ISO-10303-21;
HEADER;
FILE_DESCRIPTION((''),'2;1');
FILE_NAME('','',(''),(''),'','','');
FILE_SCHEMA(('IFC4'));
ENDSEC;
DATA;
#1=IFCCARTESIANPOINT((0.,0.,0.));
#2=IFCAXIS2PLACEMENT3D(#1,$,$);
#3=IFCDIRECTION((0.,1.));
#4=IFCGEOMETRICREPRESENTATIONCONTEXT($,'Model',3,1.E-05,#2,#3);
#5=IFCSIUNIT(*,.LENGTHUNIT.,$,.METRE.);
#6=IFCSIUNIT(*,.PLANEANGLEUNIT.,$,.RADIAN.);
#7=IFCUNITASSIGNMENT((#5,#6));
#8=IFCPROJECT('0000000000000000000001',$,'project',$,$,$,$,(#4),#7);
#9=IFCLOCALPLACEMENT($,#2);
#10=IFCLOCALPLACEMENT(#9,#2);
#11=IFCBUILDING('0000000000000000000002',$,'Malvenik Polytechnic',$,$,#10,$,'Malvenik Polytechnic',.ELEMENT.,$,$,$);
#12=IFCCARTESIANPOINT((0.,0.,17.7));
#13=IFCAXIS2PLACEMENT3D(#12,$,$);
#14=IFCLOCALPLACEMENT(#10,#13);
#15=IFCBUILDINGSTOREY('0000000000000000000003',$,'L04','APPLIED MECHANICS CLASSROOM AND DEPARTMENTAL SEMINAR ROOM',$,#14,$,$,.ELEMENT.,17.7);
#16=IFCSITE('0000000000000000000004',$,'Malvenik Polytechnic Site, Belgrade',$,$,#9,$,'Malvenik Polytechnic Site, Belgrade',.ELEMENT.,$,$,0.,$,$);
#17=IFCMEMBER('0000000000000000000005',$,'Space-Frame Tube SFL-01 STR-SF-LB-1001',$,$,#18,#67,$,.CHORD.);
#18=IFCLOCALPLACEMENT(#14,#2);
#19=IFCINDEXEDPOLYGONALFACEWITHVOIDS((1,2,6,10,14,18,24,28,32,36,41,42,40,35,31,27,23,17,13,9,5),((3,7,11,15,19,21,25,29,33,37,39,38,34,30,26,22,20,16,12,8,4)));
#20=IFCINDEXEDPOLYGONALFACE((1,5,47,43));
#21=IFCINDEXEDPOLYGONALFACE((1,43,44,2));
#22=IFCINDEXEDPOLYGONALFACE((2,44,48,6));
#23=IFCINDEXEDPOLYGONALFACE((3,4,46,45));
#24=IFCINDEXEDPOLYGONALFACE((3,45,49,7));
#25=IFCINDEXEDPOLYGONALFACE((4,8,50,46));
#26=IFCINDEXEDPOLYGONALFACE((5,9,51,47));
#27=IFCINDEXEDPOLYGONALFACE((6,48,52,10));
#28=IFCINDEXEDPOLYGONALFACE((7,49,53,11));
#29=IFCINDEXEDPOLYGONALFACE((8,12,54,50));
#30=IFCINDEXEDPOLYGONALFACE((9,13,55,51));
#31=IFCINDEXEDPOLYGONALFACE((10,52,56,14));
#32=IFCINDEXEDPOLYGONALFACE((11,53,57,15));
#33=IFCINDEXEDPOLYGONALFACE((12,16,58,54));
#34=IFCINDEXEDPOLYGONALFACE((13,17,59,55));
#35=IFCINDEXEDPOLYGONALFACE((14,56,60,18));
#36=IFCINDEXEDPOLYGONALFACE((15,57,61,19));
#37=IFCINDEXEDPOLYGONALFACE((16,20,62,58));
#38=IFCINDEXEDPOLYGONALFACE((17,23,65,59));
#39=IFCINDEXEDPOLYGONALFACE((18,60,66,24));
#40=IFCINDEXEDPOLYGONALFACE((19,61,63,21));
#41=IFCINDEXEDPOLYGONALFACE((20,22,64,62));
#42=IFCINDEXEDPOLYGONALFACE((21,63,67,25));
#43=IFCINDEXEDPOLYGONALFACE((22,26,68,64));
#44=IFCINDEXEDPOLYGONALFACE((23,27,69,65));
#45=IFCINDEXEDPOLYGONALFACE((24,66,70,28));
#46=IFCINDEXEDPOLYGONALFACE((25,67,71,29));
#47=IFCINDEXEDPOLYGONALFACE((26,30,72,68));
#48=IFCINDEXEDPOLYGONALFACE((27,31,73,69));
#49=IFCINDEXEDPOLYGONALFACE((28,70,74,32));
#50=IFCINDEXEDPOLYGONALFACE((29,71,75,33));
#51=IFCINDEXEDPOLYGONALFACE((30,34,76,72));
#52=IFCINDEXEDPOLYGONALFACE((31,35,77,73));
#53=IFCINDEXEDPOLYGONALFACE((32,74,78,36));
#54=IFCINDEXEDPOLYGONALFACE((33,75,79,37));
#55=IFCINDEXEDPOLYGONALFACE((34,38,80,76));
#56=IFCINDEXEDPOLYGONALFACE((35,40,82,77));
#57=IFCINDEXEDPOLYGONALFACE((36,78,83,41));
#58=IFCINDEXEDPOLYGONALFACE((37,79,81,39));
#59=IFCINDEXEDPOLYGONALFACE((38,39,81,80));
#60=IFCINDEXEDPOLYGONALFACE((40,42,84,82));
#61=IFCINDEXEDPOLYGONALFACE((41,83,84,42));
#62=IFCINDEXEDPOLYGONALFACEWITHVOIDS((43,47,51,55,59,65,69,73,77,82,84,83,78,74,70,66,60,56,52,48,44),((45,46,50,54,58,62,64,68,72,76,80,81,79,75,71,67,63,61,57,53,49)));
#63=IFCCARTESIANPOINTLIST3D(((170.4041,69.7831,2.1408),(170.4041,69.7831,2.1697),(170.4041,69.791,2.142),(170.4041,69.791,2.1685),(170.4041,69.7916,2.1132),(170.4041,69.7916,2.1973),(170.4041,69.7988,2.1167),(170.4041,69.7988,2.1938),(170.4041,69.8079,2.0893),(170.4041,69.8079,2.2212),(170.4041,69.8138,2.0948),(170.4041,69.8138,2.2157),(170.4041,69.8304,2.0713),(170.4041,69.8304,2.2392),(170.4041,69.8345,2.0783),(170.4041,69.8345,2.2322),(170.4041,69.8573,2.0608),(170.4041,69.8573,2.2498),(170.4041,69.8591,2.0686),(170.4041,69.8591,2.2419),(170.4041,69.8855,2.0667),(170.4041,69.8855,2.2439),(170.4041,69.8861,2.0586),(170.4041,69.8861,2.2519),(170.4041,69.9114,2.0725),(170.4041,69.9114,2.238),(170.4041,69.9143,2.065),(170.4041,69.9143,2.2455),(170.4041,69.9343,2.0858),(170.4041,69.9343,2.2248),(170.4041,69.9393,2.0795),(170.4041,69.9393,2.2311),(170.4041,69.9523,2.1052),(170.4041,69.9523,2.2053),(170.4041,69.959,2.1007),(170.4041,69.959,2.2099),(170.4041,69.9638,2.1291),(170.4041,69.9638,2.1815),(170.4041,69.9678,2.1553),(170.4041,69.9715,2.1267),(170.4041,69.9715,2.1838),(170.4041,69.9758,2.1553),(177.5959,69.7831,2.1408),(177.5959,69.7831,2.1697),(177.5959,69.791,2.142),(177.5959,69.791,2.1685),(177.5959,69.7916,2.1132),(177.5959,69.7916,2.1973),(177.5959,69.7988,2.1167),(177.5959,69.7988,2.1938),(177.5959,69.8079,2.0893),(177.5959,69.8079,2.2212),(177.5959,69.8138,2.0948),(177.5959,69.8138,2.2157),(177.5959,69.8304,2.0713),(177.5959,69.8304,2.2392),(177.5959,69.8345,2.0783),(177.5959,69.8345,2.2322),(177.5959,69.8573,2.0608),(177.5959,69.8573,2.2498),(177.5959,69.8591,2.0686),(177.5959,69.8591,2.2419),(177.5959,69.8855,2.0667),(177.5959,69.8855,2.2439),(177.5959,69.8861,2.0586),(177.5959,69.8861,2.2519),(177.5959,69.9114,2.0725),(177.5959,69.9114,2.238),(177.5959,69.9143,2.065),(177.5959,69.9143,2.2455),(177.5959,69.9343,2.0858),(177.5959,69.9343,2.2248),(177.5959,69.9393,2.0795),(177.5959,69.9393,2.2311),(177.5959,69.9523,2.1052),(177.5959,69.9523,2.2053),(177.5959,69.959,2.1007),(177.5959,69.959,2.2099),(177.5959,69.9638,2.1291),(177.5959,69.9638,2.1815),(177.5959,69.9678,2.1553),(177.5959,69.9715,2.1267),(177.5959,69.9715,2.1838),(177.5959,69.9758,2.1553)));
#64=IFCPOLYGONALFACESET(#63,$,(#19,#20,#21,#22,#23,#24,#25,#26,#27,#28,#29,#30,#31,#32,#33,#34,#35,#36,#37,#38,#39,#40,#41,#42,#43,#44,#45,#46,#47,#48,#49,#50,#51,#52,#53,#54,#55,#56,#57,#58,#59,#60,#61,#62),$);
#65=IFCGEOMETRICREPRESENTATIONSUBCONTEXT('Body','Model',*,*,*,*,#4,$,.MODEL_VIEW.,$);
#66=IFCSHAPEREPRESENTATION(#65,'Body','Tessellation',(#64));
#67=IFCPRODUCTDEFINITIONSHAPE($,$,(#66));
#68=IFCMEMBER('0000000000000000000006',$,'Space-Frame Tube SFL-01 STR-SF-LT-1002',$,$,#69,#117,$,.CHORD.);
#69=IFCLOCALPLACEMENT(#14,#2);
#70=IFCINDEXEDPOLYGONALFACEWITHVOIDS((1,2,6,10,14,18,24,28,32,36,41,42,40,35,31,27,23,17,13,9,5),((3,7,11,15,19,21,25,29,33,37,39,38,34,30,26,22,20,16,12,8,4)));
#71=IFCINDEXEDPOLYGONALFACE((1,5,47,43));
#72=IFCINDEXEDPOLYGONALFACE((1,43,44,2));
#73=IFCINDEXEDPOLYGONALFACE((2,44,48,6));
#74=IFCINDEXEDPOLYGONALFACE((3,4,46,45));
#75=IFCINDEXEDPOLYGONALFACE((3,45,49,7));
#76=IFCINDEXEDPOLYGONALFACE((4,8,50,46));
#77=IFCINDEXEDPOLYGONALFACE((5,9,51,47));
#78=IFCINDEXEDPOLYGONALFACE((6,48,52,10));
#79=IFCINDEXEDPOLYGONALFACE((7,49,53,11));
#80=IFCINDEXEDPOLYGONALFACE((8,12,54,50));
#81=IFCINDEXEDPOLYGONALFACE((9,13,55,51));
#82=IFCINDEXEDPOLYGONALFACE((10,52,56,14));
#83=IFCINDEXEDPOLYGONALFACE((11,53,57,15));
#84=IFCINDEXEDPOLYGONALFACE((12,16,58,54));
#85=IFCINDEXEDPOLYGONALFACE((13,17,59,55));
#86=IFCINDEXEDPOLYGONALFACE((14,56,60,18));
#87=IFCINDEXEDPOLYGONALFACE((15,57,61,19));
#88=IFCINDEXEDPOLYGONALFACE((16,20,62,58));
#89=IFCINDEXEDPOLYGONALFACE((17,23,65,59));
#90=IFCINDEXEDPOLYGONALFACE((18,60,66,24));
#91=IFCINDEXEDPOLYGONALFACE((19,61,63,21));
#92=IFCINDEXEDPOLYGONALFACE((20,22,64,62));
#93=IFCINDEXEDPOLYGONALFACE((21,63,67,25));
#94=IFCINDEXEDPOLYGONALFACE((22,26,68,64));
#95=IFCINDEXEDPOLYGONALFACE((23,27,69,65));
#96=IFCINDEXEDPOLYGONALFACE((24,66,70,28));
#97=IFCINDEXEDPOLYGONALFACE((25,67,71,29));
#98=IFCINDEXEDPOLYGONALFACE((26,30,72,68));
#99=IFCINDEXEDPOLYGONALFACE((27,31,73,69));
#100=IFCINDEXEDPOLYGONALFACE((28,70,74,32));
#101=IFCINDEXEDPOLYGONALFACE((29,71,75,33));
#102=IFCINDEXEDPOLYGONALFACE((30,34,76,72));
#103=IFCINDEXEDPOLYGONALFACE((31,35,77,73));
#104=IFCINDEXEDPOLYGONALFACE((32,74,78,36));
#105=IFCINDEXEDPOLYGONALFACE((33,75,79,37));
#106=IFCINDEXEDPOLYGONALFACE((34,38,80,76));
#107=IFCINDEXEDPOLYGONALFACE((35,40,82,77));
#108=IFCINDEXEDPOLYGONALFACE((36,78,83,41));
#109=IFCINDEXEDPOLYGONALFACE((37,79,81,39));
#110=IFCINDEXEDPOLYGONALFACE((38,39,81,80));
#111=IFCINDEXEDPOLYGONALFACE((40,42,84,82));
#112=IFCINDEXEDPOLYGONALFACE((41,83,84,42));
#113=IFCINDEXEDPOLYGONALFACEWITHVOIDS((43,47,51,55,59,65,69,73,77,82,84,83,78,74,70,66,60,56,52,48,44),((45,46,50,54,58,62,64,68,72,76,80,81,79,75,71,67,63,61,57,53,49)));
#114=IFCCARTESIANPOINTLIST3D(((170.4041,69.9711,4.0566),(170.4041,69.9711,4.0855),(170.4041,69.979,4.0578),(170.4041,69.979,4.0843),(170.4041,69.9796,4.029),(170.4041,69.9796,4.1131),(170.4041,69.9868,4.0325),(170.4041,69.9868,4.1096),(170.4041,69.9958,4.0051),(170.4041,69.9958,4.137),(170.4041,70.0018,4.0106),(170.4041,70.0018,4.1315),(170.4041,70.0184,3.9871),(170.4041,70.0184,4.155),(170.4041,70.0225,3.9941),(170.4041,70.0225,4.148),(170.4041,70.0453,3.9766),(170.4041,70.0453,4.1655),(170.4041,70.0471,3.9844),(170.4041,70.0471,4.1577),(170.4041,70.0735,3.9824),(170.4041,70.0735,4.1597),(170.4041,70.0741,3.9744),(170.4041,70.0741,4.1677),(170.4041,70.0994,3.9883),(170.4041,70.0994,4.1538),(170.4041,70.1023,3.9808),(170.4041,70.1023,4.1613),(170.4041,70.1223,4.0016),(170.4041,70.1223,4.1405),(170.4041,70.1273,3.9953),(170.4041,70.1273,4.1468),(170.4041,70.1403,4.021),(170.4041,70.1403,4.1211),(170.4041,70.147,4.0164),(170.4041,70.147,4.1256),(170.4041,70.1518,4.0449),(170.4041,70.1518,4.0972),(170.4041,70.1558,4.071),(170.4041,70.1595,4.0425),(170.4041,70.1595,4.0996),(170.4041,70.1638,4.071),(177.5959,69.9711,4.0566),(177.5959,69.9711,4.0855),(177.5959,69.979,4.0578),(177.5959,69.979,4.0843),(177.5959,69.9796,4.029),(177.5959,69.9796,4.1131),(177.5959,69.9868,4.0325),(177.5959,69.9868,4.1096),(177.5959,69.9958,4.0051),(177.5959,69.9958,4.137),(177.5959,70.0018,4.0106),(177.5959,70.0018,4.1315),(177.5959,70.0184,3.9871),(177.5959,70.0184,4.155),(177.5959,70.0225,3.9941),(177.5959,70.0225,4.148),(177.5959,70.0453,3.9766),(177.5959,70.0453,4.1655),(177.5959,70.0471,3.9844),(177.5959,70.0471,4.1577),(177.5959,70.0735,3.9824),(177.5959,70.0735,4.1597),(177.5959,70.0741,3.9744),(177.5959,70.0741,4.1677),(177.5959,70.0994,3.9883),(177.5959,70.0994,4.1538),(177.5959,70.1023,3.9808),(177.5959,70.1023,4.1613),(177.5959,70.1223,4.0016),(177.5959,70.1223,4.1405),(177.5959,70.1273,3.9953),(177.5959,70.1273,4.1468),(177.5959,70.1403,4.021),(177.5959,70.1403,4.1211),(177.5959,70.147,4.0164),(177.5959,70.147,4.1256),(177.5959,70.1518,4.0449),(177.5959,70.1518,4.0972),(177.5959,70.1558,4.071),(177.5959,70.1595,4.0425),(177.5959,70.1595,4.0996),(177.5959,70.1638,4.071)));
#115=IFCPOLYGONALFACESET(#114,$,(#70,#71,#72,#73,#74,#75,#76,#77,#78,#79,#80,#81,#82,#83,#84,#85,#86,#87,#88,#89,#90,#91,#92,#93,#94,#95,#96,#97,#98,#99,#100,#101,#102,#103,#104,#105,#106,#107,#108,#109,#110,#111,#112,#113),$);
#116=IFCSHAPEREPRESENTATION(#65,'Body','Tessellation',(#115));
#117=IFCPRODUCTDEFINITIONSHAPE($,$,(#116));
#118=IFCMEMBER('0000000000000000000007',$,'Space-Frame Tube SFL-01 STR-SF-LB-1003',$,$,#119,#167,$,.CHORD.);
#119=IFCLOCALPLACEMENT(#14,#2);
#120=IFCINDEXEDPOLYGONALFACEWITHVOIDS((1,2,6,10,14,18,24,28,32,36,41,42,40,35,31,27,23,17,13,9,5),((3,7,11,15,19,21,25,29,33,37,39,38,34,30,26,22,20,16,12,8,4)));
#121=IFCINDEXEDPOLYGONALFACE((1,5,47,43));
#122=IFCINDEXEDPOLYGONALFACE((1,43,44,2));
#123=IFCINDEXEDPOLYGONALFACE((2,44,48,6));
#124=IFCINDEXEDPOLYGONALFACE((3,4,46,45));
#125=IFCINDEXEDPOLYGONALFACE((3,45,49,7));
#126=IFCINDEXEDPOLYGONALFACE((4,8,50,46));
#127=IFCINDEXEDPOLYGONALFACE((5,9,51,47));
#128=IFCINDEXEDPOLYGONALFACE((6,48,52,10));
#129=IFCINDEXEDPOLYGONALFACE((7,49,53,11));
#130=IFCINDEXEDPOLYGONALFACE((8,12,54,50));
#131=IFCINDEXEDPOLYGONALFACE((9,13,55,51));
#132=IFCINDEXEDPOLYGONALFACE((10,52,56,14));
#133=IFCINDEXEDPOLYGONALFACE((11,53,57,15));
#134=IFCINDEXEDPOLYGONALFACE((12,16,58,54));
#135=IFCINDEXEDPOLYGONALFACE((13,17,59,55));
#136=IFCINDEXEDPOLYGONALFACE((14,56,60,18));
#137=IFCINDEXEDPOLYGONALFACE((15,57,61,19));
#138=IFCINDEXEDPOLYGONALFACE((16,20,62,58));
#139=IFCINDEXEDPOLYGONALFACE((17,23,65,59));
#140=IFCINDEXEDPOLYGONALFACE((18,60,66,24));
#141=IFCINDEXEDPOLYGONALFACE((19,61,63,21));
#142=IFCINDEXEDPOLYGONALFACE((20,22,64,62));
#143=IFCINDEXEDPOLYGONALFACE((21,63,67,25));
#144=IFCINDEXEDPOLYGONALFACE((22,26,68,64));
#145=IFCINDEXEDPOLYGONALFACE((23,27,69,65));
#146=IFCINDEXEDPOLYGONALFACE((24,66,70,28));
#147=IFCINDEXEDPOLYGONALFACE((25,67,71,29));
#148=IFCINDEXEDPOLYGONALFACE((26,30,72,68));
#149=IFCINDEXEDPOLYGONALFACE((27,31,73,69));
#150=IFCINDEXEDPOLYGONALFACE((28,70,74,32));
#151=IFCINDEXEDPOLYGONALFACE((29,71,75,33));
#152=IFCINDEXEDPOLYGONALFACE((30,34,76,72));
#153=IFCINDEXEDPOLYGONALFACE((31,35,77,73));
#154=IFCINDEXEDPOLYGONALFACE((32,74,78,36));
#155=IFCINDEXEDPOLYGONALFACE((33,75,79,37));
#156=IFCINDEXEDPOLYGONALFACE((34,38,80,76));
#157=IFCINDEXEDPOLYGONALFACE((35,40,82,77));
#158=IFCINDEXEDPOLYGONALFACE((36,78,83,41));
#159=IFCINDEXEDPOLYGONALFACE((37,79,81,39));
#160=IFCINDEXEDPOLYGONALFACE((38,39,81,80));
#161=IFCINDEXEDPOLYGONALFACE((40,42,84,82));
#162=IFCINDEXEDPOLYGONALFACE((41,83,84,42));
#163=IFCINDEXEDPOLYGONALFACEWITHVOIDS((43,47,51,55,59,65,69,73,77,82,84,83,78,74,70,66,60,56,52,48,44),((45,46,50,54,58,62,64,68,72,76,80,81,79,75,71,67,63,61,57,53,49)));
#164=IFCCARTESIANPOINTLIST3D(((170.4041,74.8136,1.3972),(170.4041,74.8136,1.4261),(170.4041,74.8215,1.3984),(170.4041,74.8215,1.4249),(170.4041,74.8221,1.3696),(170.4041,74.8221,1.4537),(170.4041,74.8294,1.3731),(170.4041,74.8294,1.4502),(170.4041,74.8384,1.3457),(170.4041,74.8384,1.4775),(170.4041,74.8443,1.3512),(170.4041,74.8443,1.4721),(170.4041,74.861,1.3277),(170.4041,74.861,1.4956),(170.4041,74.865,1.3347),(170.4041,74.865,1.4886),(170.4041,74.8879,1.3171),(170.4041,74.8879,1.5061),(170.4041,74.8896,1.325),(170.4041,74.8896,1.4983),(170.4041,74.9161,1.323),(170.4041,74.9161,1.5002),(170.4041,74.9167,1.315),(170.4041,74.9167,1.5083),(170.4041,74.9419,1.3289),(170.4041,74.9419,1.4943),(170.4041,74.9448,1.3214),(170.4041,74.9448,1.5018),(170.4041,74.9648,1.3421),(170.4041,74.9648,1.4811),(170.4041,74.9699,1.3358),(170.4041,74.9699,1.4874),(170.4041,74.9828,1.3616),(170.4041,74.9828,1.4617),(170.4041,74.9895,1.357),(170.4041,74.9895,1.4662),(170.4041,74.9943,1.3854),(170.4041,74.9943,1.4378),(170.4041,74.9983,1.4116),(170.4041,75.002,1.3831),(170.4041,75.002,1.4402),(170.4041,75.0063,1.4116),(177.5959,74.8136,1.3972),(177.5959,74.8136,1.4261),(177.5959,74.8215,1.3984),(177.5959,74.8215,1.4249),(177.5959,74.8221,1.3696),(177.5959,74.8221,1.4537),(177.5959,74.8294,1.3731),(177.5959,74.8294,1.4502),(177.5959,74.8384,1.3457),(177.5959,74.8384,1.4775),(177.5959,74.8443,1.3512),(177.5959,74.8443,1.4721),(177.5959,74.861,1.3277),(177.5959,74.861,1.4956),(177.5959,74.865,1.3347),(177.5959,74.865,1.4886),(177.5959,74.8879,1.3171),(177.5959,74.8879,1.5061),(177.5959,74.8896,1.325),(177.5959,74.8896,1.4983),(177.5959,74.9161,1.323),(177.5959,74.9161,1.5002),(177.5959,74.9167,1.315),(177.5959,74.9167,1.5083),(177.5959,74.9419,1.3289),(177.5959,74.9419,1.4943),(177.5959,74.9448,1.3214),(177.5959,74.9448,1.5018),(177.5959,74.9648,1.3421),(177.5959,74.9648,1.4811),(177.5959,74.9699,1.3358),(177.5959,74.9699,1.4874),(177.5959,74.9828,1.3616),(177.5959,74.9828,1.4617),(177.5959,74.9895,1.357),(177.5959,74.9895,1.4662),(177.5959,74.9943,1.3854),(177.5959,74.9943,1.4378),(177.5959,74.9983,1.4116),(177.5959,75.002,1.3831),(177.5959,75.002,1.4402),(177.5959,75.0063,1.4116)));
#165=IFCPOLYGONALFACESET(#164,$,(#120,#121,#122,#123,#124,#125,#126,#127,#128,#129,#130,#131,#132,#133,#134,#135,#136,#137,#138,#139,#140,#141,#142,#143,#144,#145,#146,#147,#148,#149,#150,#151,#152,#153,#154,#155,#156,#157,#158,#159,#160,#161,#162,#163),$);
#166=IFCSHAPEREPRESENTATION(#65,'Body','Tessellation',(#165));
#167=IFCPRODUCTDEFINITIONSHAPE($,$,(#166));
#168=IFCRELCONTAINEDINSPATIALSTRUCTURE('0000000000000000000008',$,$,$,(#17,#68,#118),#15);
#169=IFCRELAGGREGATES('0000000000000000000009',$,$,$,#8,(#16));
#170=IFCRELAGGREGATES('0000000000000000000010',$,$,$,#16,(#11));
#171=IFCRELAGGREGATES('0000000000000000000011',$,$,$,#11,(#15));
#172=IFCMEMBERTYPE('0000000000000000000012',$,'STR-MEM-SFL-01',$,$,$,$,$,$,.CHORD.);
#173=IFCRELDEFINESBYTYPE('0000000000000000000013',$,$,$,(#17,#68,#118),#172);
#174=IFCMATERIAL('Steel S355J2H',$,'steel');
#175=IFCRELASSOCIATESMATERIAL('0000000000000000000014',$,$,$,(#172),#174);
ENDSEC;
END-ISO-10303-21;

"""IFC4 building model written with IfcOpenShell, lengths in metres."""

from ifc_helpers import new_model, si_unit, direction, frame, origin, origin_2d, place, context, subcontext, project, spatial, hollow_circle, extrude, material, material_profile, profile_set, type_object, element, save


model = new_model("IFC4")

# Units and contexts
model_context = context("Model", 3, precision=1e-05, world=origin(), true_north=direction((0.0, 1.0)))
body_context = subcontext(model_context, "Body", "Model", "MODEL_VIEW")
ifc_project = project(units=[si_unit("LENGTHUNIT", "METRE"), si_unit("PLANEANGLEUNIT", "RADIAN")], contexts=[model_context])

# Site, building, storey
site_placement = place(None, origin())
site = spatial("IfcSite", under=ifc_project, at=site_placement, Name="Malvenik Polytechnic Site, Belgrade", LongName="Malvenik Polytechnic Site, Belgrade", CompositionType="ELEMENT", RefElevation=0.0)
building_placement = place(site_placement, origin())
building = spatial("IfcBuilding", under=site, at=building_placement, Name="Malvenik Polytechnic", LongName="Malvenik Polytechnic", CompositionType="ELEMENT")
storey_placement = place(building_placement, frame((0.0, 0.0, 17.7)))
storey = spatial("IfcBuildingStorey", under=building, at=storey_placement, Name="L04", Description="APPLIED MECHANICS CLASSROOM AND DEPARTMENTAL SEMINAR ROOM", CompositionType="ELEMENT", Elevation=17.7)

# Members
ifc_material_1 = material(Name="Steel S355J2H", Category="steel")
ifc_material_profile_1 = material_profile(ifc_material_1, hollow_circle(Radius=0.0969, WallThickness=0.0081, at=origin_2d()), Name="CHS 193.7x8.0")
ifc_profile_set_1 = profile_set([ifc_material_profile_1], Name="Steel S355J2H")
member_type_1 = type_object("IfcMemberType", Name="STR-MEM-SFL-01", PredefinedType="CHORD", material=ifc_profile_set_1)
for number, where, z_axis, x_axis, name in (
    (1, (170.4041, 69.8789, 2.1553), (1.0, 0.0, 0.0), (0.0, 1.0, 0.0), "Space-Frame Tube SFL-01 STR-SF-LB-1001"),
    (2, (170.4041, 70.0669, 4.071), (1.0, 0.0, 0.0), (0.0, 1.0, 0.0), "Space-Frame Tube SFL-01 STR-SF-LT-1002"),
    (3, (170.4041, 74.9094, 1.4116), (1.0, 0.0, 0.0), (0.0, 1.0, 0.0), "Space-Frame Tube SFL-01 STR-SF-LB-1003"),
):
    element("IfcMember", number, at=place(storey_placement, frame(where, z_axis=z_axis, x_axis=x_axis)), inside=storey, type_object=member_type_1, Name=name, PredefinedType="CHORD", context=body_context, shape_type="SweptSolid", body=[
        extrude(hollow_circle(Radius=0.0969, WallThickness=0.0081, at=origin_2d()), origin(), (0.0, 0.0, 1.0), 7.1919),
    ])

save(model, "model.ifc")
